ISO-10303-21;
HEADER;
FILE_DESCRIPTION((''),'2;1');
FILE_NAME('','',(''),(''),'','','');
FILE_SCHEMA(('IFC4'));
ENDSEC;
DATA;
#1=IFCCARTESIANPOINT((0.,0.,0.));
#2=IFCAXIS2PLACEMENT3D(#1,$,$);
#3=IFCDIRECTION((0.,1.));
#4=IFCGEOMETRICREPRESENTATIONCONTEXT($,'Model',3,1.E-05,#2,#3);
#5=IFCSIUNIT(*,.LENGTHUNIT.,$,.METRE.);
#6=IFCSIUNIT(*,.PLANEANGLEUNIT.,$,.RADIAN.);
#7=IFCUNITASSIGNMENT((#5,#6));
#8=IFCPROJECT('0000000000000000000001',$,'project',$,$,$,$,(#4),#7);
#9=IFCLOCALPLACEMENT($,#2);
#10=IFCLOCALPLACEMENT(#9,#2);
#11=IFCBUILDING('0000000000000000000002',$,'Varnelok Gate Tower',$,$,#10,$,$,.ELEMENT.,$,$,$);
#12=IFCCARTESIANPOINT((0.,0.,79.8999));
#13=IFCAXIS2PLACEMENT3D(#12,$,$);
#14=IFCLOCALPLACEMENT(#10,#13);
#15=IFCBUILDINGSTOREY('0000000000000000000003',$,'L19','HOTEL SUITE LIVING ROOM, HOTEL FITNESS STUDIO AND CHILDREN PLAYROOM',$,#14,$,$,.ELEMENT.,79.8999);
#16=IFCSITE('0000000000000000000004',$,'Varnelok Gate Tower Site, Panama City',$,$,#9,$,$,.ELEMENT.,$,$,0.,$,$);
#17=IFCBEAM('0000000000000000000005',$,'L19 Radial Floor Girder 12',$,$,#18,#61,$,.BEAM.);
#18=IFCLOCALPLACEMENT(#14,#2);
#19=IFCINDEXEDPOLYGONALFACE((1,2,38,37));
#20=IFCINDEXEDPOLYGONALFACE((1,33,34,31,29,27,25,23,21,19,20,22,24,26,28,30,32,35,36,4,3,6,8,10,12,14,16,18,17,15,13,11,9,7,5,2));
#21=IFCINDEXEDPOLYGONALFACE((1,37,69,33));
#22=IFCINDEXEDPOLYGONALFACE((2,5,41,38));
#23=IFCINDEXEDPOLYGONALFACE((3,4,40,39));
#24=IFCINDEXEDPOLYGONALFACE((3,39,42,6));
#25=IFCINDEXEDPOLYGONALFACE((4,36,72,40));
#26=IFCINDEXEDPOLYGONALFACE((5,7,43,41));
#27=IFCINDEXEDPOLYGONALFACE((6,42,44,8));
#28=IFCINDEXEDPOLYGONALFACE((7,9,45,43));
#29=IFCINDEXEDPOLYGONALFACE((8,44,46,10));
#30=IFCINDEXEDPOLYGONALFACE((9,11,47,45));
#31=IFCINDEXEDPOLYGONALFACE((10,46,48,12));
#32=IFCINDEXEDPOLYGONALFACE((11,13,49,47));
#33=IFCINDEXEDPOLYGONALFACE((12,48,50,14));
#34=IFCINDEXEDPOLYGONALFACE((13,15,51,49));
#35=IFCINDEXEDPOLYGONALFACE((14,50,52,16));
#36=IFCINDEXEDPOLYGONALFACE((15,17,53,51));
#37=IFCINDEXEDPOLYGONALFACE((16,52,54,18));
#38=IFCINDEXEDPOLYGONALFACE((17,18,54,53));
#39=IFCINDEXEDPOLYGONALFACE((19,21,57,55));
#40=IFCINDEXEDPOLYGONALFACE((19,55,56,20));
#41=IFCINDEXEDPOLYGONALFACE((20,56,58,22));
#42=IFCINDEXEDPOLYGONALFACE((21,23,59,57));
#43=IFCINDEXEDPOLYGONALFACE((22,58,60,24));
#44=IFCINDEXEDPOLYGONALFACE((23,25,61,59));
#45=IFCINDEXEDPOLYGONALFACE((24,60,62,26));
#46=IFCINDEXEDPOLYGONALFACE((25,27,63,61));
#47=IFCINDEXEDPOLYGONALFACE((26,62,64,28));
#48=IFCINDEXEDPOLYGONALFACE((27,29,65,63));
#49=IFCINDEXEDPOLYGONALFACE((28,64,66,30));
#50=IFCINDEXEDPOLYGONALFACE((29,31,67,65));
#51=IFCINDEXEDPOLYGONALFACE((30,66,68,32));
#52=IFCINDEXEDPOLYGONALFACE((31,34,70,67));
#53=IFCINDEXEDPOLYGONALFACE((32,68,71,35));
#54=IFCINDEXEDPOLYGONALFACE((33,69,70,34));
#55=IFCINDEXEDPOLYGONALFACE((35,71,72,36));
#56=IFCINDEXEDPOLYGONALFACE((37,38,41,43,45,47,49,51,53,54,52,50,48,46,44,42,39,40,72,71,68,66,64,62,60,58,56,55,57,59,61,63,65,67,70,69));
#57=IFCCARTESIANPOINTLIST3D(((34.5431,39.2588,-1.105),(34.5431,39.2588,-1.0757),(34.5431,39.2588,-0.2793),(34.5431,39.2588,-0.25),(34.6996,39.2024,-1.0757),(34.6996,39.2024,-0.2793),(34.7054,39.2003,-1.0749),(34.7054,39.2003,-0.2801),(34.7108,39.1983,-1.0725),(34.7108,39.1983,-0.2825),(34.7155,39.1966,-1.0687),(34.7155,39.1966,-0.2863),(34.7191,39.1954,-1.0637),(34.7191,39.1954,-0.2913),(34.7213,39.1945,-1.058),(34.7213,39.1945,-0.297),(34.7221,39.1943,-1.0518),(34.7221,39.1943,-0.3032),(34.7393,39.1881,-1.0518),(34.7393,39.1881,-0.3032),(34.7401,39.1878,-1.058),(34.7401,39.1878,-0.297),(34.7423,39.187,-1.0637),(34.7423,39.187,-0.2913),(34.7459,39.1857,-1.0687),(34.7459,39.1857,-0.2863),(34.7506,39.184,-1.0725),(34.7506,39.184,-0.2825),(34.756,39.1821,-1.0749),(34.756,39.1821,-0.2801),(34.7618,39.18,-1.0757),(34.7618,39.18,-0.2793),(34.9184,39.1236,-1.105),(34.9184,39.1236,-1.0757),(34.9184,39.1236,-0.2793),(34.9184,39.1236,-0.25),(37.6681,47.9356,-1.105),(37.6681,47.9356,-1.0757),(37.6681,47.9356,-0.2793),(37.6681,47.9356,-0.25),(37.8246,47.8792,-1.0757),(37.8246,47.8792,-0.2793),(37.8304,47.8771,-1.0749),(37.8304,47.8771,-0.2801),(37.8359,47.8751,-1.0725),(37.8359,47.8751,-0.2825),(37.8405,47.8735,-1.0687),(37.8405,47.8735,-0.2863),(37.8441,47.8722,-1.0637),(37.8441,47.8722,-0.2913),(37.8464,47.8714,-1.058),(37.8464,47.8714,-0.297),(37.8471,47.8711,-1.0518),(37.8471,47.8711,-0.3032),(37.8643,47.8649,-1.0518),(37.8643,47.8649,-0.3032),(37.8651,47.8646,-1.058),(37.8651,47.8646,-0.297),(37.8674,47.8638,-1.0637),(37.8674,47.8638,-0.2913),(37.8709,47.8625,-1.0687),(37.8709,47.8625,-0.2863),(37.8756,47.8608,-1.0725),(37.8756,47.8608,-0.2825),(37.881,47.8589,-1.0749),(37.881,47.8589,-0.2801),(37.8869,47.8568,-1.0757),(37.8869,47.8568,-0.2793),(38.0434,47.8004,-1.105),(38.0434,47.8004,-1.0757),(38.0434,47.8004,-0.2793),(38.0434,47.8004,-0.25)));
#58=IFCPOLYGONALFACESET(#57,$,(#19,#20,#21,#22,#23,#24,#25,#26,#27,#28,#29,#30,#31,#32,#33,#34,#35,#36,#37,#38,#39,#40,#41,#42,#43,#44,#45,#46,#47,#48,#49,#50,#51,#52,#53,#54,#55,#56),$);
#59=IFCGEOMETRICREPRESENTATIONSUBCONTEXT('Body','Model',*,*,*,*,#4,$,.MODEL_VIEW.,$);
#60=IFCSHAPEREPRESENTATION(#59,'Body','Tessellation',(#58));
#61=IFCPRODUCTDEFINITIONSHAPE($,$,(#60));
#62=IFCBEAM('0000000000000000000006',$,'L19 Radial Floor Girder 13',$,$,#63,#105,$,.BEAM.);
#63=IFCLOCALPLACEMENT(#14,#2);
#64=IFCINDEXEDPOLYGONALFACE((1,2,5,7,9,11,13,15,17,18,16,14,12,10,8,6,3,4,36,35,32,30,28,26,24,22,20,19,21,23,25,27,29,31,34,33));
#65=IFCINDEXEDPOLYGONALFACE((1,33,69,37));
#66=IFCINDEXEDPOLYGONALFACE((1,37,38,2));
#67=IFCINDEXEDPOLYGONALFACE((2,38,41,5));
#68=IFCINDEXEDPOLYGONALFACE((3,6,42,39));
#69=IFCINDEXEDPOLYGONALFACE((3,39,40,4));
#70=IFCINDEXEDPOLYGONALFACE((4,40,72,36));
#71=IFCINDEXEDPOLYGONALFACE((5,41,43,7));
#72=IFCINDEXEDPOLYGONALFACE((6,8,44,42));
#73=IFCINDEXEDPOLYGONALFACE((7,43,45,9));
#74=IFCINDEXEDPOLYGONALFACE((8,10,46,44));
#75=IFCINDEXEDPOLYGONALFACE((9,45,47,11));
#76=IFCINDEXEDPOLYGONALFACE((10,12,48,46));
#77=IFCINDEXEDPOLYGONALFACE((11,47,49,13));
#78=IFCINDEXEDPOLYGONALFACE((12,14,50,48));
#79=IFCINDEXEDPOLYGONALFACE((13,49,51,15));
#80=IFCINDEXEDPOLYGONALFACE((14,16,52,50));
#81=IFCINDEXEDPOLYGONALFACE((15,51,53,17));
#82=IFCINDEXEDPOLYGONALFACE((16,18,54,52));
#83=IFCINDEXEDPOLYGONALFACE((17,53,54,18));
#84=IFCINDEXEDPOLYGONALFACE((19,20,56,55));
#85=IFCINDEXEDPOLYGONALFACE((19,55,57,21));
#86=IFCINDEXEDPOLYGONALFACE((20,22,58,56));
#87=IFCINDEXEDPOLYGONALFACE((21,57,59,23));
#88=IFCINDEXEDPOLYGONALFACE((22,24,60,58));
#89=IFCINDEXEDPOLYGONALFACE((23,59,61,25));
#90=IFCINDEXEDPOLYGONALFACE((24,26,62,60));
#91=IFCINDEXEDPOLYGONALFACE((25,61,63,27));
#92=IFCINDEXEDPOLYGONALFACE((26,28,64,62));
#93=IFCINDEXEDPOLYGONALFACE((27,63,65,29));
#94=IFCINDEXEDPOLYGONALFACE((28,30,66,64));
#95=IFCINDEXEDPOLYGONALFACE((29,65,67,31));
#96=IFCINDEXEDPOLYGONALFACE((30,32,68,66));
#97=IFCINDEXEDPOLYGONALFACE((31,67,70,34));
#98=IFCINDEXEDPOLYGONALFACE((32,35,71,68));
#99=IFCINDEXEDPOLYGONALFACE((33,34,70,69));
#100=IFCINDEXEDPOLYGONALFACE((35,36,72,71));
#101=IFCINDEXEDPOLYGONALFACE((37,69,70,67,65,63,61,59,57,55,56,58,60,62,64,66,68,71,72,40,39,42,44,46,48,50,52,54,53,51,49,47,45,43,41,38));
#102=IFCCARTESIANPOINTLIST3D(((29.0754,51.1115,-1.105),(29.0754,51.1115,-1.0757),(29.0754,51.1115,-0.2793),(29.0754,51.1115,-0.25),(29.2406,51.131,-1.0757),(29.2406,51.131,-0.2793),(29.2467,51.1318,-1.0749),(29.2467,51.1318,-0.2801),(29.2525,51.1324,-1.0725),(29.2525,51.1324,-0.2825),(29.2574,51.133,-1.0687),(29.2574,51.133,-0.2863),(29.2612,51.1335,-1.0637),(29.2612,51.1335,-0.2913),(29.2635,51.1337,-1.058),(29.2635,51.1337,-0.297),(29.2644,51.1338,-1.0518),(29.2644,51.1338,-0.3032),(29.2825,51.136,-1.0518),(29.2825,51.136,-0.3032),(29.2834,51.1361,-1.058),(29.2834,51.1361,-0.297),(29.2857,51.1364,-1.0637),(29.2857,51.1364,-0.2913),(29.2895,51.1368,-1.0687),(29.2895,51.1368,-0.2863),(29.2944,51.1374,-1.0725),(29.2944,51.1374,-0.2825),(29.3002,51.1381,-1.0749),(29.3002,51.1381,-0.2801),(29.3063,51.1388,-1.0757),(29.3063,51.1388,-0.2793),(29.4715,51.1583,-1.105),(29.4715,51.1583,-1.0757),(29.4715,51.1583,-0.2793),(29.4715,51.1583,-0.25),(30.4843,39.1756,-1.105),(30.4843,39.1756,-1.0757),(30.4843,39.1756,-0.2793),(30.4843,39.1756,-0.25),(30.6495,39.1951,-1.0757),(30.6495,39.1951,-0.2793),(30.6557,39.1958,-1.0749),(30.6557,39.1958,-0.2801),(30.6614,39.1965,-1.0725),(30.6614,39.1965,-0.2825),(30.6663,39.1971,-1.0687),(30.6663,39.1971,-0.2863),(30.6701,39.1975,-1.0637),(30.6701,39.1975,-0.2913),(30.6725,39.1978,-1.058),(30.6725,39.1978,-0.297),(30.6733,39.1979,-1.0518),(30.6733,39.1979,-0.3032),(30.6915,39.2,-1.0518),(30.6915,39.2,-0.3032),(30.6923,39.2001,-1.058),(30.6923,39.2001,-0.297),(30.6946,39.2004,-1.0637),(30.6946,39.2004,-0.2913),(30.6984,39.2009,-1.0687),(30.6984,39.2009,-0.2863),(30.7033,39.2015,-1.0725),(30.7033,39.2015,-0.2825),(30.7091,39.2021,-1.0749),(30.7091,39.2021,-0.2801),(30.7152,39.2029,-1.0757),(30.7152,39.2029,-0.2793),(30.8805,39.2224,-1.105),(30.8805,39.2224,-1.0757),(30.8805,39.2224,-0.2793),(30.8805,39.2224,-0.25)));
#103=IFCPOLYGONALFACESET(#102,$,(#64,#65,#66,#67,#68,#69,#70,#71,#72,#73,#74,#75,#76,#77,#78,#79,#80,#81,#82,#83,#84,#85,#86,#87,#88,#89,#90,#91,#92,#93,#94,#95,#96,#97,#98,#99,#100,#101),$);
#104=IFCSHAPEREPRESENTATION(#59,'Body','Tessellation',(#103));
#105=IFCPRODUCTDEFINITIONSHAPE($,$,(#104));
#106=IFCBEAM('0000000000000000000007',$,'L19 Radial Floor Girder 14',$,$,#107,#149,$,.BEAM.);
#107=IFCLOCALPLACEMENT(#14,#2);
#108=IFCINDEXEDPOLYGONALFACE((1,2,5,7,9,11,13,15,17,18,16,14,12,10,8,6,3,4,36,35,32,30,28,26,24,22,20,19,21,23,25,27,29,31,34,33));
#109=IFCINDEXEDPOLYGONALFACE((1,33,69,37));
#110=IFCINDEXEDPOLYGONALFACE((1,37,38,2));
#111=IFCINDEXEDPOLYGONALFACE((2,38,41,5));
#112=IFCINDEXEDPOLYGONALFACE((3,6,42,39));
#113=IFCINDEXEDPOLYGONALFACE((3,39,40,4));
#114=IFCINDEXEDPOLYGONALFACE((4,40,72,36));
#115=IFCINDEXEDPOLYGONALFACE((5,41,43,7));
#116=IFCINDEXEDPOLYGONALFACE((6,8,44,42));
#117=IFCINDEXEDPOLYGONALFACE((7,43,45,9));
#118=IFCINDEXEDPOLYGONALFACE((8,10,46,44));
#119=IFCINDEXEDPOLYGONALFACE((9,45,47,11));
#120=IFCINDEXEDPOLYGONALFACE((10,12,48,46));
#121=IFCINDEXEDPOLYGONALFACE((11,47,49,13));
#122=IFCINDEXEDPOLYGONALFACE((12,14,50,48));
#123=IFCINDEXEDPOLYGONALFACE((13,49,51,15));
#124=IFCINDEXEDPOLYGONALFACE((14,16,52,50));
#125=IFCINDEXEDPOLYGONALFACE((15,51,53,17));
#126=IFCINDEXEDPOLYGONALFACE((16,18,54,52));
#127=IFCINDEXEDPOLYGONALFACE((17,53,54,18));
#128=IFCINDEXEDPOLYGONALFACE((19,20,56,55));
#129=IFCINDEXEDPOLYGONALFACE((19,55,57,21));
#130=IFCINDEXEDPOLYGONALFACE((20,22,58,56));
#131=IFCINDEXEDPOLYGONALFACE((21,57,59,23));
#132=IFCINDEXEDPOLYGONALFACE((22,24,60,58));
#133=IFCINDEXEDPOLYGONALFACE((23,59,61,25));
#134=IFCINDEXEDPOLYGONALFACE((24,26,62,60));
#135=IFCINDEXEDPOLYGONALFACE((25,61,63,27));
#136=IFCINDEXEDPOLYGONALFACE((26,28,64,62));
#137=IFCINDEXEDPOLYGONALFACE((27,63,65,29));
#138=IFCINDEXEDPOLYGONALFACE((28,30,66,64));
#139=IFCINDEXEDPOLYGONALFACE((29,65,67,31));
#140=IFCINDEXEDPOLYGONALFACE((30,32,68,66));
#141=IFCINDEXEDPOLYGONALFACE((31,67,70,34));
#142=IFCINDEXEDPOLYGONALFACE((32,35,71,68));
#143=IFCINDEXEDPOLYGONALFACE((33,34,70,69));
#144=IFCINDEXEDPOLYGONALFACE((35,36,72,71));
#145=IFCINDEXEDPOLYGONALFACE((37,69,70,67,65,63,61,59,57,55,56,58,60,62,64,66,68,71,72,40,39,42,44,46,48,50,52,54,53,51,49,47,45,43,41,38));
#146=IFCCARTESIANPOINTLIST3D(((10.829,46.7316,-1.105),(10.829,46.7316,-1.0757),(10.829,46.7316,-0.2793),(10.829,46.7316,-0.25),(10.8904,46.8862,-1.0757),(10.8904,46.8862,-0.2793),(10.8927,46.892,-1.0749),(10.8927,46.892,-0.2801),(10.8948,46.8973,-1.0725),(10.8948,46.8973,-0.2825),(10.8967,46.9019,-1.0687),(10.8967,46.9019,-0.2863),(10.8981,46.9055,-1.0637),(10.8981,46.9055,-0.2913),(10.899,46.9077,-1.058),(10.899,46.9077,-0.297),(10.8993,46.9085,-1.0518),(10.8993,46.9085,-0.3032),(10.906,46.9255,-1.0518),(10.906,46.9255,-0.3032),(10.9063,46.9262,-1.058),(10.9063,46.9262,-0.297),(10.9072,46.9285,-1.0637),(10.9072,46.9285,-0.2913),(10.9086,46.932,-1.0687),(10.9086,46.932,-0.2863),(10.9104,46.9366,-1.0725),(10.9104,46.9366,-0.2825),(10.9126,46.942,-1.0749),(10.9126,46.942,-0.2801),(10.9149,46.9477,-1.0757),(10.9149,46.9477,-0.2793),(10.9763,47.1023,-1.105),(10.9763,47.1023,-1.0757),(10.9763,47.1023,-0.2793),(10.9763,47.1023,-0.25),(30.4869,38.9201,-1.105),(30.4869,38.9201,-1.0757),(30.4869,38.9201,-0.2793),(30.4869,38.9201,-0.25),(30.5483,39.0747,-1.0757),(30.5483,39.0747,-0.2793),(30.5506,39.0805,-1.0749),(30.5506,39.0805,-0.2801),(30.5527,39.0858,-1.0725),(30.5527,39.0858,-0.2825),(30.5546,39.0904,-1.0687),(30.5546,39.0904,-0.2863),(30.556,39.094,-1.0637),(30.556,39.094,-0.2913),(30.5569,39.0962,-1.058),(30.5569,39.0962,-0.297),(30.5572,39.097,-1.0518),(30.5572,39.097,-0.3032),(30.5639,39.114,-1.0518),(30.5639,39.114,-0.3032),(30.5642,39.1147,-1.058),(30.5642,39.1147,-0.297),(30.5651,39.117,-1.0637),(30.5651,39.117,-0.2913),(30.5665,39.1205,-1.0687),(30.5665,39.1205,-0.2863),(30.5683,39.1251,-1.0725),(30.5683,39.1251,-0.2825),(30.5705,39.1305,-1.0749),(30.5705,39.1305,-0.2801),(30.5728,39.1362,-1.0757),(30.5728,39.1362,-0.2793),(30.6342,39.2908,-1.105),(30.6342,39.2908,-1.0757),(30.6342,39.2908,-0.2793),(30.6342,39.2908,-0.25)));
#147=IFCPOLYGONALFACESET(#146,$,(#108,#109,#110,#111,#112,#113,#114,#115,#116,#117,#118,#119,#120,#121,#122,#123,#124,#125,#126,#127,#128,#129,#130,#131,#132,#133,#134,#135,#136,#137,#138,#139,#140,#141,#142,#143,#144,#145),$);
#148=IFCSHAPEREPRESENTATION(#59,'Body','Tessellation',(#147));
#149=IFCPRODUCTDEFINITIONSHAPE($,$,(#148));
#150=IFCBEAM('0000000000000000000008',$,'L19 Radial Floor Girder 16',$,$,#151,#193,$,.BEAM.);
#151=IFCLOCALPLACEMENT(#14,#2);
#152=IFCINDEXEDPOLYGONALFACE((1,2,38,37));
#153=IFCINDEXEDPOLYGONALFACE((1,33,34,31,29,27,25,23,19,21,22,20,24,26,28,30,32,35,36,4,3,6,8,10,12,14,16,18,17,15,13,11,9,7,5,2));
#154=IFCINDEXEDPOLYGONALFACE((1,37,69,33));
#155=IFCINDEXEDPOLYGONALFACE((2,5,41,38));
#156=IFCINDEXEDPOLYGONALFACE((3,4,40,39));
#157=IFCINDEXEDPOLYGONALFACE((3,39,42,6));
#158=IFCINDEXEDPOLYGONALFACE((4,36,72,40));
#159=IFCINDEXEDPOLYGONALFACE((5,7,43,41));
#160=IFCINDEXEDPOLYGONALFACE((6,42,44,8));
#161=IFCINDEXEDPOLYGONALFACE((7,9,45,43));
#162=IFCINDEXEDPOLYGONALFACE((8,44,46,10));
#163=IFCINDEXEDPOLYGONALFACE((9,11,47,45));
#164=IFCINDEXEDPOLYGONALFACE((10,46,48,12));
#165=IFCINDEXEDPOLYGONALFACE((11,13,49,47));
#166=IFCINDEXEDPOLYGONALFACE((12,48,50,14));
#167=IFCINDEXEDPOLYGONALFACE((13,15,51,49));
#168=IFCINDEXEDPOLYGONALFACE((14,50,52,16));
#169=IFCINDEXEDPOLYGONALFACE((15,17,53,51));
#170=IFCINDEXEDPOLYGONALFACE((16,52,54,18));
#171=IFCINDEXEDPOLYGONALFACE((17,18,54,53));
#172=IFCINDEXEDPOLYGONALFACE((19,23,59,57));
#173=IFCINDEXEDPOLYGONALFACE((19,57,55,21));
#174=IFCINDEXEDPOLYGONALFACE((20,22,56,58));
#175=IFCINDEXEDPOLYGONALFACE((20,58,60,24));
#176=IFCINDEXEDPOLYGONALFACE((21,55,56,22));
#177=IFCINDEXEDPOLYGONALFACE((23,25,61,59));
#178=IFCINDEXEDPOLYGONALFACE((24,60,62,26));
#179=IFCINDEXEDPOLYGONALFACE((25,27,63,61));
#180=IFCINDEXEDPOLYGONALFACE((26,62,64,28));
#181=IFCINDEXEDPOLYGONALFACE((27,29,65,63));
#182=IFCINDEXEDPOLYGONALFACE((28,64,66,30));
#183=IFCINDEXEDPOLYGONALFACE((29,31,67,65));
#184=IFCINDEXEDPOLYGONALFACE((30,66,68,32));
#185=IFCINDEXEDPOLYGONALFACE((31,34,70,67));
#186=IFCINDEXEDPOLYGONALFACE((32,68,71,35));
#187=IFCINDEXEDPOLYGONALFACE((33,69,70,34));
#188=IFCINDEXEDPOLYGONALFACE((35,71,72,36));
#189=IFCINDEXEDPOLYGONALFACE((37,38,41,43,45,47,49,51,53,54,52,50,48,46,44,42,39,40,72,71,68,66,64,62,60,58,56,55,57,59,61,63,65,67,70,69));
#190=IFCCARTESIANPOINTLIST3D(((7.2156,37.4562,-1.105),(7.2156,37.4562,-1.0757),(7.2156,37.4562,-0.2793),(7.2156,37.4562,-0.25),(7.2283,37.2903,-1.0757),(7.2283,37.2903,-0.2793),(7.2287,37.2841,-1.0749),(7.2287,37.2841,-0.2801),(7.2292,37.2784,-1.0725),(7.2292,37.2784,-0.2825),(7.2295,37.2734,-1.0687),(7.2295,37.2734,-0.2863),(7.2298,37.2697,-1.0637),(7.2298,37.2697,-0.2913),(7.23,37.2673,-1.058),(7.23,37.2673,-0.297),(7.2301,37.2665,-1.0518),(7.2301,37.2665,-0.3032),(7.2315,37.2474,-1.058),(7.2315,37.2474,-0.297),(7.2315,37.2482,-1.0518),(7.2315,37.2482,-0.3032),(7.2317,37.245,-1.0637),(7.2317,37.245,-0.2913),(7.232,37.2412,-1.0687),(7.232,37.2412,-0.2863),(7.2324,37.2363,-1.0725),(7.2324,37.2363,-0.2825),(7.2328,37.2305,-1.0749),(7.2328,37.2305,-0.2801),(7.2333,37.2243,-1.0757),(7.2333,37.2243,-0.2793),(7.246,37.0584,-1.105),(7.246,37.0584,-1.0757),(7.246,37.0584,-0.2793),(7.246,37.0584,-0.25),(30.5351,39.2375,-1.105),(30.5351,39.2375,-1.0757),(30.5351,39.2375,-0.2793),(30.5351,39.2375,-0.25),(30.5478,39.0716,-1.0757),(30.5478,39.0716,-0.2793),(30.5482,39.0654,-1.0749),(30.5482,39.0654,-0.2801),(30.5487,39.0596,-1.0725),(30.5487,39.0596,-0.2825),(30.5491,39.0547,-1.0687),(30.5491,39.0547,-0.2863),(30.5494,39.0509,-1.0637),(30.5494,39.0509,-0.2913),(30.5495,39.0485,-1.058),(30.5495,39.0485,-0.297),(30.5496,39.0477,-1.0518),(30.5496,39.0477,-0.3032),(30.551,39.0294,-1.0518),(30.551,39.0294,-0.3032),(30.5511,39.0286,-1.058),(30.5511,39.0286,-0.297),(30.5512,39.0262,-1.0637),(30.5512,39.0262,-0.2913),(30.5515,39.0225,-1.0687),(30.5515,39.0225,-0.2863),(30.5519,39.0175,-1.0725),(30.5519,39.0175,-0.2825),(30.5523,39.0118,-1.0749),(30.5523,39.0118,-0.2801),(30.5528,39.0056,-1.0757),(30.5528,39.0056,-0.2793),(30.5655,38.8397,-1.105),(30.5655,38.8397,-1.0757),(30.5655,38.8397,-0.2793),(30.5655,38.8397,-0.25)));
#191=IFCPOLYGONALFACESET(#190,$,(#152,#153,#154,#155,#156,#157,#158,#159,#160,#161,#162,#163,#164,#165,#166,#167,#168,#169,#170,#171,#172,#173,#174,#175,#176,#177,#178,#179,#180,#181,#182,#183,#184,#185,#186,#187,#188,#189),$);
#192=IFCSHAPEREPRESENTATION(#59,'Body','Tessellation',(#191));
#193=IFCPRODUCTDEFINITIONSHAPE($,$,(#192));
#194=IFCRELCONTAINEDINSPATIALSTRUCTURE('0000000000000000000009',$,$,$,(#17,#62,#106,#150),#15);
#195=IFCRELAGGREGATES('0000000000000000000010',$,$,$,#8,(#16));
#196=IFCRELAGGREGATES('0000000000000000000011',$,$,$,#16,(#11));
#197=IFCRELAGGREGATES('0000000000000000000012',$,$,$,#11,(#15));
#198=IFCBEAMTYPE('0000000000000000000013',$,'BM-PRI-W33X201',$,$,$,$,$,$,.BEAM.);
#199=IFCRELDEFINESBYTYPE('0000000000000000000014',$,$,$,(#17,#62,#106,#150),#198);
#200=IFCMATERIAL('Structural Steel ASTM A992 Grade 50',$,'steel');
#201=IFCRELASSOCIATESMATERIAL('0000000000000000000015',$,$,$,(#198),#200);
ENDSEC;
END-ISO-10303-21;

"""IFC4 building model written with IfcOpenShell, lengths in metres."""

from ifc_helpers import new_model, si_unit, direction, frame, origin, origin_2d, place, context, subcontext, project, spatial, i_section, extrude, material, material_profile, profile_set, type_object, element, save


model = new_model("IFC4")

# Units and contexts
model_context = context("Model", 3, precision=1e-05, world=origin(), true_north=direction((0.0, 1.0)))
body_context = subcontext(model_context, "Body", "Model", "MODEL_VIEW")
ifc_project = project(units=[si_unit("LENGTHUNIT", "METRE"), si_unit("PLANEANGLEUNIT", "RADIAN")], contexts=[model_context])

# Site, building, storey
site_placement = place(None, origin())
site = spatial("IfcSite", under=ifc_project, at=site_placement, Name="Varnelok Gate Tower Site, Panama City", CompositionType="ELEMENT", RefElevation=0.0)
building_placement = place(site_placement, origin())
building = spatial("IfcBuilding", under=site, at=building_placement, Name="Varnelok Gate Tower", CompositionType="ELEMENT")
storey_placement = place(building_placement, frame((0.0, 0.0, 79.8999)))
storey = spatial("IfcBuildingStorey", under=building, at=storey_placement, Name="L19", Description="HOTEL SUITE LIVING ROOM, HOTEL FITNESS STUDIO AND CHILDREN PLAYROOM", CompositionType="ELEMENT", Elevation=79.8999)

# Shared definitions
ifc_material_1 = material(Name="Structural Steel ASTM A992 Grade 50", Category="steel")

# Beams
ifc_material_profile_1 = material_profile(ifc_material_1, i_section(OverallWidth=0.3989, OverallDepth=0.855, WebThickness=0.0183, FlangeThickness=0.0293, FilletRadius=0.0239, at=origin_2d()), Name="W33X201")
ifc_profile_set_1 = profile_set([ifc_material_profile_1], Name="Structural Steel ASTM A992 Grade 50")
beam_type_1 = type_object("IfcBeamType", Name="BM-PRI-W33X201", PredefinedType="BEAM", material=ifc_profile_set_1)
beam_1_placement = place(storey_placement, frame((34.7307, 39.1912, -0.6775), z_axis=(0.338851, 0.94084, 0.0), x_axis=(-0.94084, 0.338851, 0.0)))
element("IfcBeam", 1, at=beam_1_placement, inside=storey, type_object=beam_type_1, Name="L19 Radial Floor Girder 12", PredefinedType="BEAM", context=body_context, shape_type="SweptSolid", body=[
    extrude(i_section(OverallWidth=0.3989, OverallDepth=0.855, WebThickness=0.0183, FlangeThickness=0.0293, FilletRadius=0.0239, at=origin_2d()), origin(), (0.0, 0.0, 1.0), 9.2224),
])
beam_2_placement = place(storey_placement, frame((30.6824, 39.199, -0.6775), z_axis=(-0.117227, 0.993105, 0.0), x_axis=(-0.993105, -0.117227, 0.0)))
element("IfcBeam", 2, at=beam_2_placement, inside=storey, type_object=beam_type_1, Name="L19 Radial Floor Girder 13", PredefinedType="BEAM", context=body_context, shape_type="SweptSolid", body=[
    extrude(i_section(OverallWidth=0.3989, OverallDepth=0.855, WebThickness=0.0183, FlangeThickness=0.0293, FilletRadius=0.0239, at=origin_2d()), origin(), (0.0, 0.0, 1.0), 12.0188),
])
beam_3_placement = place(storey_placement, frame((30.5605, 39.1055, -0.6775), z_axis=(-0.929316, 0.369284, 0.0), x_axis=(-0.369284, -0.929316, 0.0)))
element("IfcBeam", 3, at=beam_3_placement, inside=storey, type_object=beam_type_1, Name="L19 Radial Floor Girder 14", PredefinedType="BEAM", context=body_context, shape_type="SweptSolid", body=[
    extrude(i_section(OverallWidth=0.3989, OverallDepth=0.855, WebThickness=0.0183, FlangeThickness=0.0293, FilletRadius=0.0239, at=origin_2d()), origin(), (0.0, 0.0, 1.0), 21.1531),
])
beam_4_placement = place(storey_placement, frame((30.5503, 39.0386, -0.6775), z_axis=(-0.997095, -0.076162, 0.0), x_axis=(0.076162, -0.997095, 0.0)))
element("IfcBeam", 4, at=beam_4_placement, inside=storey, type_object=beam_type_1, Name="L19 Radial Floor Girder 16", PredefinedType="BEAM", context=body_context, shape_type="SweptSolid", body=[
    extrude(i_section(OverallWidth=0.3989, OverallDepth=0.855, WebThickness=0.0183, FlangeThickness=0.0293, FilletRadius=0.0239, at=origin_2d()), origin(), (0.0, 0.0, 1.0), 23.3875),
])

save(model, "model.ifc")
